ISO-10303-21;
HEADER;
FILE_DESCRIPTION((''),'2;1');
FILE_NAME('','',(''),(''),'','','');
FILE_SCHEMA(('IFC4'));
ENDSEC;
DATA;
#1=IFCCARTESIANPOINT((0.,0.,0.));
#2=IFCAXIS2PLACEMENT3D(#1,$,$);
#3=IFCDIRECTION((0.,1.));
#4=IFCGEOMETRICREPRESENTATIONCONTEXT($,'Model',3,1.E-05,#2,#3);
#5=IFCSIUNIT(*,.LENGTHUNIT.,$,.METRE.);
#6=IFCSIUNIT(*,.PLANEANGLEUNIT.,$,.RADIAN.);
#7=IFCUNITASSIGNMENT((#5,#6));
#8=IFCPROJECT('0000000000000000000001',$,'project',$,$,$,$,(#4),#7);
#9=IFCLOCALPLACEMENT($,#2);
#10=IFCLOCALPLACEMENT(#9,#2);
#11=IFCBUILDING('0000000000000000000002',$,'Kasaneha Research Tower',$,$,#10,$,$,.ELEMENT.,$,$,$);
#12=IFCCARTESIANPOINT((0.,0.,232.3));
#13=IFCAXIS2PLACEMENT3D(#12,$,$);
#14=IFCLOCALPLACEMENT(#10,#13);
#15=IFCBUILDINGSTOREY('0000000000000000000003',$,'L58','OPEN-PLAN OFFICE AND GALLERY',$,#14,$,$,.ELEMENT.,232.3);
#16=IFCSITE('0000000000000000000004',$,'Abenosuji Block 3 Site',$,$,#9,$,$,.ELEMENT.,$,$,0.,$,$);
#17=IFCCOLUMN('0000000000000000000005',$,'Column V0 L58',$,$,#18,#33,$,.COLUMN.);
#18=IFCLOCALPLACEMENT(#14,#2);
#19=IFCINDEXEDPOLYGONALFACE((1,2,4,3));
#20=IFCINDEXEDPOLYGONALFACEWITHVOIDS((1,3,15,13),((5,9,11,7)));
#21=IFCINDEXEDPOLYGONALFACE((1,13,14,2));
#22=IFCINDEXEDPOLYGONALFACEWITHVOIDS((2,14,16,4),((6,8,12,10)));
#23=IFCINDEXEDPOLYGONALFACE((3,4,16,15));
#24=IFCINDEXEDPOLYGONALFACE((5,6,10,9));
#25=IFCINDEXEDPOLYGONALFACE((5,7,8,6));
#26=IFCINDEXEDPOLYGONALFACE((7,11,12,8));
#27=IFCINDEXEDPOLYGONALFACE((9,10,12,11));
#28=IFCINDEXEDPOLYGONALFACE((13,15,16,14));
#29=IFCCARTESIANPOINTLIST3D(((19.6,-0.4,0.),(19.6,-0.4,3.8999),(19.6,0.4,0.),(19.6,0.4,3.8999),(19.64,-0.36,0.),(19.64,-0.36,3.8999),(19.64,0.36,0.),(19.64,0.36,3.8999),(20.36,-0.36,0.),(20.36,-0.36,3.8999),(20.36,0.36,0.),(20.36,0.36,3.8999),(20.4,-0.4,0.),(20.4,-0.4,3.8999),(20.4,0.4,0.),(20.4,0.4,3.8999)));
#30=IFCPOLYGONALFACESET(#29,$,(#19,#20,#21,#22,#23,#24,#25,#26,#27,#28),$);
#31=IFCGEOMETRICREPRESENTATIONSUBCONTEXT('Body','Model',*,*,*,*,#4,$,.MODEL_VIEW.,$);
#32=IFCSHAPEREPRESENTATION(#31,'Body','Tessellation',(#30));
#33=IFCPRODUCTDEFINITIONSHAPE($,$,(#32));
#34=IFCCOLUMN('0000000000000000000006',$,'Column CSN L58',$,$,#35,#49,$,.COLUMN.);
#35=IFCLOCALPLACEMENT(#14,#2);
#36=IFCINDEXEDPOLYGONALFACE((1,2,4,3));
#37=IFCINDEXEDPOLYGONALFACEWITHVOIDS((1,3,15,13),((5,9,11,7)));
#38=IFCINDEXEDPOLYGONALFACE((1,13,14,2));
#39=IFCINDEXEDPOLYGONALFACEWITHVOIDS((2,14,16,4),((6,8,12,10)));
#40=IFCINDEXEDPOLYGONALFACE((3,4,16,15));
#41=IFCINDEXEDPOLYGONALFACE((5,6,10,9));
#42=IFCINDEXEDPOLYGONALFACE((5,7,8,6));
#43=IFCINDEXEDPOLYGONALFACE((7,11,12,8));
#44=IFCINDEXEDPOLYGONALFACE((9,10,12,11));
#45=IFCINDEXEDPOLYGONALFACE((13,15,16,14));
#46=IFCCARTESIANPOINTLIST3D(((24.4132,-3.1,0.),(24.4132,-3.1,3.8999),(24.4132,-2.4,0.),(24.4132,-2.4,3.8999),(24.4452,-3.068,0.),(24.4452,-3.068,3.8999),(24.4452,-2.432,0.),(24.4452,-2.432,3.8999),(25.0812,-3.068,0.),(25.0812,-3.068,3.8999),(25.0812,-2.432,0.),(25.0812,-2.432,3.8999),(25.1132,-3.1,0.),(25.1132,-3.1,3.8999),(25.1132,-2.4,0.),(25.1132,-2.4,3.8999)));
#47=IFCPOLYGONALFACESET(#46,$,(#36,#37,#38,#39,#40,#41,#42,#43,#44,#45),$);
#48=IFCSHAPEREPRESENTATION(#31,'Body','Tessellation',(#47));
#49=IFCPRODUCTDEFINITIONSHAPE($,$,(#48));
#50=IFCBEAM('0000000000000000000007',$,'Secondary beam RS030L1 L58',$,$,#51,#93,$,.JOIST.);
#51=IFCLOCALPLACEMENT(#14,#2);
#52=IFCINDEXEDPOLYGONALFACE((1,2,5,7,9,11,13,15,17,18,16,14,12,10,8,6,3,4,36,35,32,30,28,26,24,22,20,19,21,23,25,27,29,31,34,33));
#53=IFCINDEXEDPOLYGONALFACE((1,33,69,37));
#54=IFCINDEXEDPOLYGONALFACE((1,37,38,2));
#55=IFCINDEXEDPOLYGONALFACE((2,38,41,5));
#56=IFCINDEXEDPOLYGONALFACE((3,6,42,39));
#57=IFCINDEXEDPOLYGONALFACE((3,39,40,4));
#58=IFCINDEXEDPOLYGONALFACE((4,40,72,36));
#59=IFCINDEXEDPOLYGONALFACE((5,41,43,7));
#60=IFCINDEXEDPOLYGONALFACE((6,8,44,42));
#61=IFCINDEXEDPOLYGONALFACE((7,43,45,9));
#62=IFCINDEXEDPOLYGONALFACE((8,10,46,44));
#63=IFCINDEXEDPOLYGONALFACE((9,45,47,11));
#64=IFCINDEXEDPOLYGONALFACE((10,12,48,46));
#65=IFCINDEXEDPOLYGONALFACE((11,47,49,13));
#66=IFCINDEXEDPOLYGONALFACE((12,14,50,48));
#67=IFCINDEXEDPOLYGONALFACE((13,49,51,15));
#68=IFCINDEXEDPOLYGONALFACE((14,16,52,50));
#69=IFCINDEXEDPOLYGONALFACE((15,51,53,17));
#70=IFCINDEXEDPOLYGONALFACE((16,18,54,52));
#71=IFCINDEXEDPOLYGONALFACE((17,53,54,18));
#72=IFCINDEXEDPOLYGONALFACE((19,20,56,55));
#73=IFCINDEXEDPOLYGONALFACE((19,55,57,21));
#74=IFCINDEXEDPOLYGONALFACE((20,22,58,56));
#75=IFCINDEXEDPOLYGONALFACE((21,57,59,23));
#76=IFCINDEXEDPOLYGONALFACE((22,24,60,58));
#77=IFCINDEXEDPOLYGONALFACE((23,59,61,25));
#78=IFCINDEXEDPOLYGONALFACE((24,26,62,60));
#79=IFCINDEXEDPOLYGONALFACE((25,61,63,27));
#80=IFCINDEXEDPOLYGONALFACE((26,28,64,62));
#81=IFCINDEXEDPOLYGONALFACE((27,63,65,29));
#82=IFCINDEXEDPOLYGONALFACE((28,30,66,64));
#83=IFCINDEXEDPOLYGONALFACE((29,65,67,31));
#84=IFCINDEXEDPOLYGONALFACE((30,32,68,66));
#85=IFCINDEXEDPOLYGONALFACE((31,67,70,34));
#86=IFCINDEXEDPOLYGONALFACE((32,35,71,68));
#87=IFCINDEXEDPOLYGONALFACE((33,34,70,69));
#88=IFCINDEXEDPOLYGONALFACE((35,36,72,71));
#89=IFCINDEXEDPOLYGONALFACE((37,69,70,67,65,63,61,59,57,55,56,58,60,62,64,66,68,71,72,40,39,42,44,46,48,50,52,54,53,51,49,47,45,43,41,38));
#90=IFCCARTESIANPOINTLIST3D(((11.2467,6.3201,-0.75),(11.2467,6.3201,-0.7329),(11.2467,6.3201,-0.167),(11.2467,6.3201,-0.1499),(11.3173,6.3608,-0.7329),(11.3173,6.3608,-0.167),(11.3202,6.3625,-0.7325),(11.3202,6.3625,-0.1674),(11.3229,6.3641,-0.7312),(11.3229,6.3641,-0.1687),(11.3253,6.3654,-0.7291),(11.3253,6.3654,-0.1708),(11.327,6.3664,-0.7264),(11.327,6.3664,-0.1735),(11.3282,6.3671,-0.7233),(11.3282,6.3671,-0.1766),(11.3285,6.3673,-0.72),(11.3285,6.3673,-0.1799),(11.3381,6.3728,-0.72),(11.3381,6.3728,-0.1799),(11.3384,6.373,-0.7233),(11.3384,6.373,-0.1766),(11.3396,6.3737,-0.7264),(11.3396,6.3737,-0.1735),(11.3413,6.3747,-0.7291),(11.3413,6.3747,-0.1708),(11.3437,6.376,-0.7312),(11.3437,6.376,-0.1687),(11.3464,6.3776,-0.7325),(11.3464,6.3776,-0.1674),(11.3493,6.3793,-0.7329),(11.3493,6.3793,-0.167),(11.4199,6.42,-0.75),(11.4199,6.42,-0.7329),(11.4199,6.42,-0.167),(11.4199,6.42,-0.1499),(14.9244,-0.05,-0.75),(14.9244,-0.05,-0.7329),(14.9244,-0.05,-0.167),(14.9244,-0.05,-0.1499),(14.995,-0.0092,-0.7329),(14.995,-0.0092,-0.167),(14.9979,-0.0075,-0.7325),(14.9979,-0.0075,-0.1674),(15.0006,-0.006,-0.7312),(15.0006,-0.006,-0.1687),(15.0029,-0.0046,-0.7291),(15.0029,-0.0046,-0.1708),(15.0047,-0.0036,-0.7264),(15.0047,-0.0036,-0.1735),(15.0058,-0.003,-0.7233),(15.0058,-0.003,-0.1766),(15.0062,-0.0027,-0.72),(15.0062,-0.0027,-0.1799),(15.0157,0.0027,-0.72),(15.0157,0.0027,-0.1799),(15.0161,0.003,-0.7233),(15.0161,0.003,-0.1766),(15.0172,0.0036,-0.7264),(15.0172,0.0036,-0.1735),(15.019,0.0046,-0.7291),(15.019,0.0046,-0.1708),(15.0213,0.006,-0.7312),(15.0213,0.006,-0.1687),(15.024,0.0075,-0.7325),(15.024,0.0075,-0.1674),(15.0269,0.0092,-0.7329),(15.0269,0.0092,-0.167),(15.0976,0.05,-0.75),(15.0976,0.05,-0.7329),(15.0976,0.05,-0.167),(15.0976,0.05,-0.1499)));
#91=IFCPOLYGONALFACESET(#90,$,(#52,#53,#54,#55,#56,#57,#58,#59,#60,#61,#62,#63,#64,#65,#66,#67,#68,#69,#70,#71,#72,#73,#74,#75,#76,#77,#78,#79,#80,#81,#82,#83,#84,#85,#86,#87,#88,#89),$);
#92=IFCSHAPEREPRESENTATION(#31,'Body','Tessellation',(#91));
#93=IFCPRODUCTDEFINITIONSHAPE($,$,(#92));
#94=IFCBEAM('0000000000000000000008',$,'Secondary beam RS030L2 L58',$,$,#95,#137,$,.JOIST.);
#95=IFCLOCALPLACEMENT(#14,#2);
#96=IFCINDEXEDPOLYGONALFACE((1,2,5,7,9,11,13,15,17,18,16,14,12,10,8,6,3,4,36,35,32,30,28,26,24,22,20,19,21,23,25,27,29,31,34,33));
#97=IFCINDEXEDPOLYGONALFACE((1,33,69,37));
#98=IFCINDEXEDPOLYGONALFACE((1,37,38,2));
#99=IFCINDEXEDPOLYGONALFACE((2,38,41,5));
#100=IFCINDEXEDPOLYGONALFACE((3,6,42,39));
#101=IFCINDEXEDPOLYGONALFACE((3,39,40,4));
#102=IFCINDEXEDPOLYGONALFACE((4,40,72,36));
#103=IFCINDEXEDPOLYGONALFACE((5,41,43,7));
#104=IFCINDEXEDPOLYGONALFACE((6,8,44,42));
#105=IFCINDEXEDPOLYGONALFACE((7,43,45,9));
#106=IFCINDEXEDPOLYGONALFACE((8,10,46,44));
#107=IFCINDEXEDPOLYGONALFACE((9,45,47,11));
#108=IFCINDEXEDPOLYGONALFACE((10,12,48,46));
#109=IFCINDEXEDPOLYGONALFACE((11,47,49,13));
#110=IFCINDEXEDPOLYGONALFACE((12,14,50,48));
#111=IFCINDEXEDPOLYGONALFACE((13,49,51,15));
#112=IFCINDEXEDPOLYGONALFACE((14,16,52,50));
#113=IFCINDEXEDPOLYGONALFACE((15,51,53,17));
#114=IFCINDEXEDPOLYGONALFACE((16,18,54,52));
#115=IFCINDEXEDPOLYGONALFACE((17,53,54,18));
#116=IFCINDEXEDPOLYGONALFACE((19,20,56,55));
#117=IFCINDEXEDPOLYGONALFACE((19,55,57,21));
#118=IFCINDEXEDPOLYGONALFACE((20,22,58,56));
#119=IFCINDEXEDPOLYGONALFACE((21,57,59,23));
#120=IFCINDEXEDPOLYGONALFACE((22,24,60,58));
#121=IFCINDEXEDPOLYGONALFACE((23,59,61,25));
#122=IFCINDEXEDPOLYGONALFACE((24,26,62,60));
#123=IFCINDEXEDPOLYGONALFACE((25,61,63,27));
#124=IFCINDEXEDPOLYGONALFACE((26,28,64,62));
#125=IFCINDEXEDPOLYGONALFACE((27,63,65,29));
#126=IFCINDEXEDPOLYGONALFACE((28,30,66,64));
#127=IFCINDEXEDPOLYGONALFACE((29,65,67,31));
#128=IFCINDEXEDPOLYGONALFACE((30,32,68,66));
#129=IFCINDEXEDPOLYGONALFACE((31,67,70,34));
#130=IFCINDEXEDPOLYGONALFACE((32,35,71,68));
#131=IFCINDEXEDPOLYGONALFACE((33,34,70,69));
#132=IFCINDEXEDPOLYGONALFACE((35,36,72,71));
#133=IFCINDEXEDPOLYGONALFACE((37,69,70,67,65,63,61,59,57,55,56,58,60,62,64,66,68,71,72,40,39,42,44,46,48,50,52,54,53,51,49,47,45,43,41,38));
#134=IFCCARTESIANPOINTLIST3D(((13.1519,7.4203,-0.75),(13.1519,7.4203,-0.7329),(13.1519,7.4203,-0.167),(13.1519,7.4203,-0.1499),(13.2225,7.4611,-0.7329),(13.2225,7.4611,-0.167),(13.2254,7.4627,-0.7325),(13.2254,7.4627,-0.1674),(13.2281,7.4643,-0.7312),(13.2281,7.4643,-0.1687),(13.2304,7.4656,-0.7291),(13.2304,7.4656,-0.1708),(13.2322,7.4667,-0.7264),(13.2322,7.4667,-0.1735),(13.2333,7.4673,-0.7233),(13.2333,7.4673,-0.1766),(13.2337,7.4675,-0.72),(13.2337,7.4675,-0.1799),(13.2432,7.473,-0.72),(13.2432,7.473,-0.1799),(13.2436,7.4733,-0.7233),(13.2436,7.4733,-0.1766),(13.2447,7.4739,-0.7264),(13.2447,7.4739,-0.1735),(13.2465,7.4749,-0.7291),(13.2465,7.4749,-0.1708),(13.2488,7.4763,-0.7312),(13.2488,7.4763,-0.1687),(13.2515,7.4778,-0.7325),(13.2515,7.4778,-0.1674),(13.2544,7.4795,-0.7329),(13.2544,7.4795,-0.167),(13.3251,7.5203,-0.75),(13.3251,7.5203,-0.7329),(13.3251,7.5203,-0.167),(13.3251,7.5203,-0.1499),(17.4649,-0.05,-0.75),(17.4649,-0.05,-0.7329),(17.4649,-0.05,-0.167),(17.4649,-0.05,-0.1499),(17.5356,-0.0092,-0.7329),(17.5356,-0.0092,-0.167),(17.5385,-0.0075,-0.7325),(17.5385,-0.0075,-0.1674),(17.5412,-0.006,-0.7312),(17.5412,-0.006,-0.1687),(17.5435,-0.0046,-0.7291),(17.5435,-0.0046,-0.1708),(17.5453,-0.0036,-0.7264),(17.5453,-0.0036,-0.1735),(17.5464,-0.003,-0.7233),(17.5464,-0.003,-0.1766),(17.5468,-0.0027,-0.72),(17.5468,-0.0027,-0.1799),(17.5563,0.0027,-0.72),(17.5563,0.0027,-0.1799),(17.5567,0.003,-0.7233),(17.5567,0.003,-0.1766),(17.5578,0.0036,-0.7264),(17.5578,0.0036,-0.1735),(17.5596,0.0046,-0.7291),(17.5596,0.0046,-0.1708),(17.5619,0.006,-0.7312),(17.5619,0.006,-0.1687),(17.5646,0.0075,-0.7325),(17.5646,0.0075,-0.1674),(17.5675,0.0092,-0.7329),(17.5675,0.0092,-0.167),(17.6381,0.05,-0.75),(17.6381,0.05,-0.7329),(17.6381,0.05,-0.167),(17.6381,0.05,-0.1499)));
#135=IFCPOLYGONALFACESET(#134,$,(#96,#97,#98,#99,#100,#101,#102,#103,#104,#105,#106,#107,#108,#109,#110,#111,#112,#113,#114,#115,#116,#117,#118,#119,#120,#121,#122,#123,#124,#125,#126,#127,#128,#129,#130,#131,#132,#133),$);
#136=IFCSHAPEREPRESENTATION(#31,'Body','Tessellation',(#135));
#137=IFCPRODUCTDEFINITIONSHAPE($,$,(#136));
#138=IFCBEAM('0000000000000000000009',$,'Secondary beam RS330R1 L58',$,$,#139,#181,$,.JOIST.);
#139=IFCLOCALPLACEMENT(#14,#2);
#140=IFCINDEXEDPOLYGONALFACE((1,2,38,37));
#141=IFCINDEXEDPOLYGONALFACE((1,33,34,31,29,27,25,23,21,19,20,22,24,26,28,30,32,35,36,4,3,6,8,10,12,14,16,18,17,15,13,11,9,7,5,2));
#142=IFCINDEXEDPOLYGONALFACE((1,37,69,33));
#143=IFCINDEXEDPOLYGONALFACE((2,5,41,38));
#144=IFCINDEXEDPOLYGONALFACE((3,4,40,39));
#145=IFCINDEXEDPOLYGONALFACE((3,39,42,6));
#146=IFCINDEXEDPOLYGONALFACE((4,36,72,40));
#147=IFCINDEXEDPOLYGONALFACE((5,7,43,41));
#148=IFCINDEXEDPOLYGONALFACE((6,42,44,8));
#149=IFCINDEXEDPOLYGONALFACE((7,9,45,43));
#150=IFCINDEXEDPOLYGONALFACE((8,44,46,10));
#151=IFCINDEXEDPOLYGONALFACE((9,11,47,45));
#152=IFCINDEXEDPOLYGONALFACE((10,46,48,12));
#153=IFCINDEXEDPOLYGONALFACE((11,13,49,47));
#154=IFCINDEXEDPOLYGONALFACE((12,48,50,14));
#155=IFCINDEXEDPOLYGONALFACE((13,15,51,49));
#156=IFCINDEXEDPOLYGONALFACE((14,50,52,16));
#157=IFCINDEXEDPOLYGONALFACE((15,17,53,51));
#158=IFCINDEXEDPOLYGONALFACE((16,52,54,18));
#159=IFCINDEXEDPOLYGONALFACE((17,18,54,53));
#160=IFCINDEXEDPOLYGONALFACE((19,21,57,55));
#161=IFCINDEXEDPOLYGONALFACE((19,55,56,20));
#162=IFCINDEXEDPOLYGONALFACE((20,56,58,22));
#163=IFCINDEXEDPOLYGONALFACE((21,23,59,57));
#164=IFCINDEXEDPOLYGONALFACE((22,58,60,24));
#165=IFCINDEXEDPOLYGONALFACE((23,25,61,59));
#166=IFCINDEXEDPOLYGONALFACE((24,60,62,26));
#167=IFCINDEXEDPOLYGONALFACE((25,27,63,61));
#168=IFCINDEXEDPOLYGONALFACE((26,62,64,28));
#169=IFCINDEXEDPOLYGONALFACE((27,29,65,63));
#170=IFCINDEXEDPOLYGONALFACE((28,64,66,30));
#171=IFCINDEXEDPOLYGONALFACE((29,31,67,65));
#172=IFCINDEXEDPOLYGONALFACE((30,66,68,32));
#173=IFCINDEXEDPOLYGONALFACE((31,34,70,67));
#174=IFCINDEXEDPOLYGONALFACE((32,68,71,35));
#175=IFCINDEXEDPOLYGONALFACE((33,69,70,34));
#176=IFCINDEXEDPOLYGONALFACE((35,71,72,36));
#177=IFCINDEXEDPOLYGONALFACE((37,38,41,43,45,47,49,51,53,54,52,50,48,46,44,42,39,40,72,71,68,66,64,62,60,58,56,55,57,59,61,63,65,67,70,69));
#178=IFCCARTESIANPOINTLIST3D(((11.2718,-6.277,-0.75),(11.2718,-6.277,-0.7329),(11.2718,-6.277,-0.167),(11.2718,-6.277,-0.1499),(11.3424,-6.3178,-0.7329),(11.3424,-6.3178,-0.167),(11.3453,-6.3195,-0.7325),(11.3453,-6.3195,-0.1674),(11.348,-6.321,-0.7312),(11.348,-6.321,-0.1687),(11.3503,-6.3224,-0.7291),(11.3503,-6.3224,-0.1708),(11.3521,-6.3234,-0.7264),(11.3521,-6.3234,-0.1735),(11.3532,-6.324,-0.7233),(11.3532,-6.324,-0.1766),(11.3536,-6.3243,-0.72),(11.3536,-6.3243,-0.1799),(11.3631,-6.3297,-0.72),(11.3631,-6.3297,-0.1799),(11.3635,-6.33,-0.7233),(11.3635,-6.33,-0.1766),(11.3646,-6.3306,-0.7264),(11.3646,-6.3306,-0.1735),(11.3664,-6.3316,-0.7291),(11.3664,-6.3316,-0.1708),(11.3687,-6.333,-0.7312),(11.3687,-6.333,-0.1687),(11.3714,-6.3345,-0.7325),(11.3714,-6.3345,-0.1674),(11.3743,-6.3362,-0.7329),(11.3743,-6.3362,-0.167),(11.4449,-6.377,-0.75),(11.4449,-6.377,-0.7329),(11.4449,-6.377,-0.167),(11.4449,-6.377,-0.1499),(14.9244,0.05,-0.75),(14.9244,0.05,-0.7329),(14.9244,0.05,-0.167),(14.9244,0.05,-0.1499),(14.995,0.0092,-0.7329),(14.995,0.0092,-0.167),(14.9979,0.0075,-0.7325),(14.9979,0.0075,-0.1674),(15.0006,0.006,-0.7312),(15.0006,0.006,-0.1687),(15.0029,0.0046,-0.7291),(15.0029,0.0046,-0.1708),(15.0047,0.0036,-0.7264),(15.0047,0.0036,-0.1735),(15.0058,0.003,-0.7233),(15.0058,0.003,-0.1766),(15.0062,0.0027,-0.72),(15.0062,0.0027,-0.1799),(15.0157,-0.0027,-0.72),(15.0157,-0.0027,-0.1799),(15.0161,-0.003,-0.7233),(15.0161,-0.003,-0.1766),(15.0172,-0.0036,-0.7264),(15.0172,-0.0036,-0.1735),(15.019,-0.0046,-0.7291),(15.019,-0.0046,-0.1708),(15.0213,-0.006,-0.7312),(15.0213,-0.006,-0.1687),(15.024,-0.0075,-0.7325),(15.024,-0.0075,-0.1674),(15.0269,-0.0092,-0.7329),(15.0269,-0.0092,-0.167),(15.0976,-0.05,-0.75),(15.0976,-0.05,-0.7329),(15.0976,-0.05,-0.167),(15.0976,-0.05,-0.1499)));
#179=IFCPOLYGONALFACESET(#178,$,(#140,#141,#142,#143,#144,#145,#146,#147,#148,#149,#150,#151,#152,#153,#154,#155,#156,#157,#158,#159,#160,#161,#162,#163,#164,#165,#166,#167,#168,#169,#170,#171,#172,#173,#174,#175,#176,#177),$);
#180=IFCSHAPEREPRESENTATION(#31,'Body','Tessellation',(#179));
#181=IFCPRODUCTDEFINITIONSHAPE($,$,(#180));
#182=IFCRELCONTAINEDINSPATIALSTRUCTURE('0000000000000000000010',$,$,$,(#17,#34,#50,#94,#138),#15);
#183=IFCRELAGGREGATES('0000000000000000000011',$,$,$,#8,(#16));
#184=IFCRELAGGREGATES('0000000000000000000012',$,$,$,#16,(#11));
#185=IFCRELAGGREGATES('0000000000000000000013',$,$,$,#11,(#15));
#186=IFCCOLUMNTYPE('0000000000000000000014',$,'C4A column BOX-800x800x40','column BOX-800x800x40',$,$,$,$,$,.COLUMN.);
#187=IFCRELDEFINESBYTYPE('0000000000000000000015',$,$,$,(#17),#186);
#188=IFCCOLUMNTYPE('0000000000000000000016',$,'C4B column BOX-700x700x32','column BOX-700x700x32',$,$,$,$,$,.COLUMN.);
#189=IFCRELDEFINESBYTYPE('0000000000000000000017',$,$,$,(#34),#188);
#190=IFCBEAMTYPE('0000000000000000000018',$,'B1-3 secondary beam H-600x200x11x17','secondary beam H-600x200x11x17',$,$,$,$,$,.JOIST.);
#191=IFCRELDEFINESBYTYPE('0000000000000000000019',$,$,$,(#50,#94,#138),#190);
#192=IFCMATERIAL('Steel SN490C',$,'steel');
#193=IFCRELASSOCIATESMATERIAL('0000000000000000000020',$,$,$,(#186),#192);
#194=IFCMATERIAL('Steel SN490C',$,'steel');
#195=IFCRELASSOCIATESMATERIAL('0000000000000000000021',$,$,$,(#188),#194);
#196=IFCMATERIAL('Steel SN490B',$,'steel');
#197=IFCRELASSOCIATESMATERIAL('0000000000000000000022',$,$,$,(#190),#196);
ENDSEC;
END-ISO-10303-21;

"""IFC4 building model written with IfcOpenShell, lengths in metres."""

from ifc_helpers import new_model, si_unit, direction, frame, origin, origin_2d, place, context, subcontext, project, spatial, hollow_rectangle, i_section, extrude, material, material_profile, profile_set, type_object, element, save


model = new_model("IFC4")

# Units and contexts
model_context = context("Model", 3, precision=1e-05, world=origin(), true_north=direction((0.0, 1.0)))
body_context = subcontext(model_context, "Body", "Model", "MODEL_VIEW")
ifc_project = project(units=[si_unit("LENGTHUNIT", "METRE"), si_unit("PLANEANGLEUNIT", "RADIAN")], contexts=[model_context])

# Site, building, storey
site_placement = place(None, origin())
site = spatial("IfcSite", under=ifc_project, at=site_placement, Name="Abenosuji Block 3 Site", CompositionType="ELEMENT", RefElevation=0.0)
building_placement = place(site_placement, origin())
building = spatial("IfcBuilding", under=site, at=building_placement, Name="Kasaneha Research Tower", CompositionType="ELEMENT")
storey_placement = place(building_placement, frame((0.0, 0.0, 232.3)))
storey = spatial("IfcBuildingStorey", under=building, at=storey_placement, Name="L58", Description="OPEN-PLAN OFFICE AND GALLERY", CompositionType="ELEMENT", Elevation=232.3)

# Columns
ifc_material_1 = material(Name="Steel SN490C", Category="steel")
ifc_material_profile_1 = material_profile(ifc_material_1, hollow_rectangle(XDim=0.8, YDim=0.8, WallThickness=0.04, at=origin_2d()), Name="BOX-800x800x40")
ifc_profile_set_1 = profile_set([ifc_material_profile_1], Name="Steel SN490C")
column_type_1 = type_object("IfcColumnType", Name="C4A column BOX-800x800x40", Description="column BOX-800x800x40", PredefinedType="COLUMN", material=ifc_profile_set_1)
column_1_placement = place(storey_placement, frame((20.0, 0.0, 0.0), z_axis=(0.0, 0.0, 1.0), x_axis=(1.0, 0.0, 0.0)))
element("IfcColumn", 1, at=column_1_placement, inside=storey, type_object=column_type_1, Name="Column V0 L58", PredefinedType="COLUMN", context=body_context, shape_type="SweptSolid", body=[
    extrude(hollow_rectangle(XDim=0.8, YDim=0.8, WallThickness=0.04, at=origin_2d()), origin(), (0.0, 0.0, 1.0), 3.8999),
])
ifc_material_2 = material(Name="Steel SN490C", Category="steel")
ifc_material_profile_2 = material_profile(ifc_material_2, hollow_rectangle(XDim=0.7, YDim=0.7, WallThickness=0.032, at=origin_2d()), Name="BOX-700x700x32")
ifc_profile_set_2 = profile_set([ifc_material_profile_2], Name="Steel SN490C")
column_type_2 = type_object("IfcColumnType", Name="C4B column BOX-700x700x32", Description="column BOX-700x700x32", PredefinedType="COLUMN", material=ifc_profile_set_2)
column_2_placement = place(storey_placement, frame((24.7632, -2.75, 0.0), z_axis=(0.0, 0.0, 1.0), x_axis=(1.0, 0.0, 0.0)))
element("IfcColumn", 2, at=column_2_placement, inside=storey, type_object=column_type_2, Name="Column CSN L58", PredefinedType="COLUMN", context=body_context, shape_type="SweptSolid", body=[
    extrude(hollow_rectangle(XDim=0.7, YDim=0.7, WallThickness=0.032, at=origin_2d()), origin(), (0.0, 0.0, 1.0), 3.8999),
])

# Beams
ifc_material_3 = material(Name="Steel SN490B", Category="steel")
ifc_material_profile_3 = material_profile(ifc_material_3, i_section(OverallWidth=0.2, OverallDepth=0.6001, WebThickness=0.011, FlangeThickness=0.0171, FilletRadius=0.0129, at=origin_2d()), Name="H-600x200x11x17")
ifc_profile_set_3 = profile_set([ifc_material_profile_3], Name="Steel SN490B")
beam_type_1 = type_object("IfcBeamType", Name="B1-3 secondary beam H-600x200x11x17", Description="secondary beam H-600x200x11x17", PredefinedType="JOIST", material=ifc_profile_set_3)
beam_1_placement = place(storey_placement, frame((15.011, 0.0, -0.45), z_axis=(-0.499994, 0.866029, 0.0), x_axis=(-0.866029, -0.499994, 0.0)))
element("IfcBeam", 3, at=beam_1_placement, inside=storey, type_object=beam_type_1, Name="Secondary beam RS030L1 L58", PredefinedType="JOIST", context=body_context, shape_type="SweptSolid", body=[
    extrude(i_section(OverallWidth=0.2, OverallDepth=0.6001, WebThickness=0.011, FlangeThickness=0.0171, FilletRadius=0.0129, at=origin_2d()), origin(), (0.0, 0.0, 1.0), 7.3555),
])
beam_2_placement = place(storey_placement, frame((17.5515, 0.0, -0.45), z_axis=(-0.500005, 0.866023, 0.0), x_axis=(-0.866023, -0.500005, 0.0)))
element("IfcBeam", 4, at=beam_2_placement, inside=storey, type_object=beam_type_1, Name="Secondary beam RS030L2 L58", PredefinedType="JOIST", context=body_context, shape_type="SweptSolid", body=[
    extrude(i_section(OverallWidth=0.2, OverallDepth=0.6001, WebThickness=0.011, FlangeThickness=0.0171, FilletRadius=0.0129, at=origin_2d()), origin(), (0.0, 0.0, 1.0), 8.626),
])
beam_3_placement = place(storey_placement, frame((15.011, 0.0, -0.45), z_axis=(-0.499974, -0.86604, 0.0), x_axis=(0.86604, -0.499974, 0.0)))
element("IfcBeam", 5, at=beam_3_placement, inside=storey, type_object=beam_type_1, Name="Secondary beam RS330R1 L58", PredefinedType="JOIST", context=body_context, shape_type="SweptSolid", body=[
    extrude(i_section(OverallWidth=0.2, OverallDepth=0.6001, WebThickness=0.011, FlangeThickness=0.0171, FilletRadius=0.0129, at=origin_2d()), origin(), (0.0, 0.0, 1.0), 7.3057),
])

save(model, "model.ifc")
